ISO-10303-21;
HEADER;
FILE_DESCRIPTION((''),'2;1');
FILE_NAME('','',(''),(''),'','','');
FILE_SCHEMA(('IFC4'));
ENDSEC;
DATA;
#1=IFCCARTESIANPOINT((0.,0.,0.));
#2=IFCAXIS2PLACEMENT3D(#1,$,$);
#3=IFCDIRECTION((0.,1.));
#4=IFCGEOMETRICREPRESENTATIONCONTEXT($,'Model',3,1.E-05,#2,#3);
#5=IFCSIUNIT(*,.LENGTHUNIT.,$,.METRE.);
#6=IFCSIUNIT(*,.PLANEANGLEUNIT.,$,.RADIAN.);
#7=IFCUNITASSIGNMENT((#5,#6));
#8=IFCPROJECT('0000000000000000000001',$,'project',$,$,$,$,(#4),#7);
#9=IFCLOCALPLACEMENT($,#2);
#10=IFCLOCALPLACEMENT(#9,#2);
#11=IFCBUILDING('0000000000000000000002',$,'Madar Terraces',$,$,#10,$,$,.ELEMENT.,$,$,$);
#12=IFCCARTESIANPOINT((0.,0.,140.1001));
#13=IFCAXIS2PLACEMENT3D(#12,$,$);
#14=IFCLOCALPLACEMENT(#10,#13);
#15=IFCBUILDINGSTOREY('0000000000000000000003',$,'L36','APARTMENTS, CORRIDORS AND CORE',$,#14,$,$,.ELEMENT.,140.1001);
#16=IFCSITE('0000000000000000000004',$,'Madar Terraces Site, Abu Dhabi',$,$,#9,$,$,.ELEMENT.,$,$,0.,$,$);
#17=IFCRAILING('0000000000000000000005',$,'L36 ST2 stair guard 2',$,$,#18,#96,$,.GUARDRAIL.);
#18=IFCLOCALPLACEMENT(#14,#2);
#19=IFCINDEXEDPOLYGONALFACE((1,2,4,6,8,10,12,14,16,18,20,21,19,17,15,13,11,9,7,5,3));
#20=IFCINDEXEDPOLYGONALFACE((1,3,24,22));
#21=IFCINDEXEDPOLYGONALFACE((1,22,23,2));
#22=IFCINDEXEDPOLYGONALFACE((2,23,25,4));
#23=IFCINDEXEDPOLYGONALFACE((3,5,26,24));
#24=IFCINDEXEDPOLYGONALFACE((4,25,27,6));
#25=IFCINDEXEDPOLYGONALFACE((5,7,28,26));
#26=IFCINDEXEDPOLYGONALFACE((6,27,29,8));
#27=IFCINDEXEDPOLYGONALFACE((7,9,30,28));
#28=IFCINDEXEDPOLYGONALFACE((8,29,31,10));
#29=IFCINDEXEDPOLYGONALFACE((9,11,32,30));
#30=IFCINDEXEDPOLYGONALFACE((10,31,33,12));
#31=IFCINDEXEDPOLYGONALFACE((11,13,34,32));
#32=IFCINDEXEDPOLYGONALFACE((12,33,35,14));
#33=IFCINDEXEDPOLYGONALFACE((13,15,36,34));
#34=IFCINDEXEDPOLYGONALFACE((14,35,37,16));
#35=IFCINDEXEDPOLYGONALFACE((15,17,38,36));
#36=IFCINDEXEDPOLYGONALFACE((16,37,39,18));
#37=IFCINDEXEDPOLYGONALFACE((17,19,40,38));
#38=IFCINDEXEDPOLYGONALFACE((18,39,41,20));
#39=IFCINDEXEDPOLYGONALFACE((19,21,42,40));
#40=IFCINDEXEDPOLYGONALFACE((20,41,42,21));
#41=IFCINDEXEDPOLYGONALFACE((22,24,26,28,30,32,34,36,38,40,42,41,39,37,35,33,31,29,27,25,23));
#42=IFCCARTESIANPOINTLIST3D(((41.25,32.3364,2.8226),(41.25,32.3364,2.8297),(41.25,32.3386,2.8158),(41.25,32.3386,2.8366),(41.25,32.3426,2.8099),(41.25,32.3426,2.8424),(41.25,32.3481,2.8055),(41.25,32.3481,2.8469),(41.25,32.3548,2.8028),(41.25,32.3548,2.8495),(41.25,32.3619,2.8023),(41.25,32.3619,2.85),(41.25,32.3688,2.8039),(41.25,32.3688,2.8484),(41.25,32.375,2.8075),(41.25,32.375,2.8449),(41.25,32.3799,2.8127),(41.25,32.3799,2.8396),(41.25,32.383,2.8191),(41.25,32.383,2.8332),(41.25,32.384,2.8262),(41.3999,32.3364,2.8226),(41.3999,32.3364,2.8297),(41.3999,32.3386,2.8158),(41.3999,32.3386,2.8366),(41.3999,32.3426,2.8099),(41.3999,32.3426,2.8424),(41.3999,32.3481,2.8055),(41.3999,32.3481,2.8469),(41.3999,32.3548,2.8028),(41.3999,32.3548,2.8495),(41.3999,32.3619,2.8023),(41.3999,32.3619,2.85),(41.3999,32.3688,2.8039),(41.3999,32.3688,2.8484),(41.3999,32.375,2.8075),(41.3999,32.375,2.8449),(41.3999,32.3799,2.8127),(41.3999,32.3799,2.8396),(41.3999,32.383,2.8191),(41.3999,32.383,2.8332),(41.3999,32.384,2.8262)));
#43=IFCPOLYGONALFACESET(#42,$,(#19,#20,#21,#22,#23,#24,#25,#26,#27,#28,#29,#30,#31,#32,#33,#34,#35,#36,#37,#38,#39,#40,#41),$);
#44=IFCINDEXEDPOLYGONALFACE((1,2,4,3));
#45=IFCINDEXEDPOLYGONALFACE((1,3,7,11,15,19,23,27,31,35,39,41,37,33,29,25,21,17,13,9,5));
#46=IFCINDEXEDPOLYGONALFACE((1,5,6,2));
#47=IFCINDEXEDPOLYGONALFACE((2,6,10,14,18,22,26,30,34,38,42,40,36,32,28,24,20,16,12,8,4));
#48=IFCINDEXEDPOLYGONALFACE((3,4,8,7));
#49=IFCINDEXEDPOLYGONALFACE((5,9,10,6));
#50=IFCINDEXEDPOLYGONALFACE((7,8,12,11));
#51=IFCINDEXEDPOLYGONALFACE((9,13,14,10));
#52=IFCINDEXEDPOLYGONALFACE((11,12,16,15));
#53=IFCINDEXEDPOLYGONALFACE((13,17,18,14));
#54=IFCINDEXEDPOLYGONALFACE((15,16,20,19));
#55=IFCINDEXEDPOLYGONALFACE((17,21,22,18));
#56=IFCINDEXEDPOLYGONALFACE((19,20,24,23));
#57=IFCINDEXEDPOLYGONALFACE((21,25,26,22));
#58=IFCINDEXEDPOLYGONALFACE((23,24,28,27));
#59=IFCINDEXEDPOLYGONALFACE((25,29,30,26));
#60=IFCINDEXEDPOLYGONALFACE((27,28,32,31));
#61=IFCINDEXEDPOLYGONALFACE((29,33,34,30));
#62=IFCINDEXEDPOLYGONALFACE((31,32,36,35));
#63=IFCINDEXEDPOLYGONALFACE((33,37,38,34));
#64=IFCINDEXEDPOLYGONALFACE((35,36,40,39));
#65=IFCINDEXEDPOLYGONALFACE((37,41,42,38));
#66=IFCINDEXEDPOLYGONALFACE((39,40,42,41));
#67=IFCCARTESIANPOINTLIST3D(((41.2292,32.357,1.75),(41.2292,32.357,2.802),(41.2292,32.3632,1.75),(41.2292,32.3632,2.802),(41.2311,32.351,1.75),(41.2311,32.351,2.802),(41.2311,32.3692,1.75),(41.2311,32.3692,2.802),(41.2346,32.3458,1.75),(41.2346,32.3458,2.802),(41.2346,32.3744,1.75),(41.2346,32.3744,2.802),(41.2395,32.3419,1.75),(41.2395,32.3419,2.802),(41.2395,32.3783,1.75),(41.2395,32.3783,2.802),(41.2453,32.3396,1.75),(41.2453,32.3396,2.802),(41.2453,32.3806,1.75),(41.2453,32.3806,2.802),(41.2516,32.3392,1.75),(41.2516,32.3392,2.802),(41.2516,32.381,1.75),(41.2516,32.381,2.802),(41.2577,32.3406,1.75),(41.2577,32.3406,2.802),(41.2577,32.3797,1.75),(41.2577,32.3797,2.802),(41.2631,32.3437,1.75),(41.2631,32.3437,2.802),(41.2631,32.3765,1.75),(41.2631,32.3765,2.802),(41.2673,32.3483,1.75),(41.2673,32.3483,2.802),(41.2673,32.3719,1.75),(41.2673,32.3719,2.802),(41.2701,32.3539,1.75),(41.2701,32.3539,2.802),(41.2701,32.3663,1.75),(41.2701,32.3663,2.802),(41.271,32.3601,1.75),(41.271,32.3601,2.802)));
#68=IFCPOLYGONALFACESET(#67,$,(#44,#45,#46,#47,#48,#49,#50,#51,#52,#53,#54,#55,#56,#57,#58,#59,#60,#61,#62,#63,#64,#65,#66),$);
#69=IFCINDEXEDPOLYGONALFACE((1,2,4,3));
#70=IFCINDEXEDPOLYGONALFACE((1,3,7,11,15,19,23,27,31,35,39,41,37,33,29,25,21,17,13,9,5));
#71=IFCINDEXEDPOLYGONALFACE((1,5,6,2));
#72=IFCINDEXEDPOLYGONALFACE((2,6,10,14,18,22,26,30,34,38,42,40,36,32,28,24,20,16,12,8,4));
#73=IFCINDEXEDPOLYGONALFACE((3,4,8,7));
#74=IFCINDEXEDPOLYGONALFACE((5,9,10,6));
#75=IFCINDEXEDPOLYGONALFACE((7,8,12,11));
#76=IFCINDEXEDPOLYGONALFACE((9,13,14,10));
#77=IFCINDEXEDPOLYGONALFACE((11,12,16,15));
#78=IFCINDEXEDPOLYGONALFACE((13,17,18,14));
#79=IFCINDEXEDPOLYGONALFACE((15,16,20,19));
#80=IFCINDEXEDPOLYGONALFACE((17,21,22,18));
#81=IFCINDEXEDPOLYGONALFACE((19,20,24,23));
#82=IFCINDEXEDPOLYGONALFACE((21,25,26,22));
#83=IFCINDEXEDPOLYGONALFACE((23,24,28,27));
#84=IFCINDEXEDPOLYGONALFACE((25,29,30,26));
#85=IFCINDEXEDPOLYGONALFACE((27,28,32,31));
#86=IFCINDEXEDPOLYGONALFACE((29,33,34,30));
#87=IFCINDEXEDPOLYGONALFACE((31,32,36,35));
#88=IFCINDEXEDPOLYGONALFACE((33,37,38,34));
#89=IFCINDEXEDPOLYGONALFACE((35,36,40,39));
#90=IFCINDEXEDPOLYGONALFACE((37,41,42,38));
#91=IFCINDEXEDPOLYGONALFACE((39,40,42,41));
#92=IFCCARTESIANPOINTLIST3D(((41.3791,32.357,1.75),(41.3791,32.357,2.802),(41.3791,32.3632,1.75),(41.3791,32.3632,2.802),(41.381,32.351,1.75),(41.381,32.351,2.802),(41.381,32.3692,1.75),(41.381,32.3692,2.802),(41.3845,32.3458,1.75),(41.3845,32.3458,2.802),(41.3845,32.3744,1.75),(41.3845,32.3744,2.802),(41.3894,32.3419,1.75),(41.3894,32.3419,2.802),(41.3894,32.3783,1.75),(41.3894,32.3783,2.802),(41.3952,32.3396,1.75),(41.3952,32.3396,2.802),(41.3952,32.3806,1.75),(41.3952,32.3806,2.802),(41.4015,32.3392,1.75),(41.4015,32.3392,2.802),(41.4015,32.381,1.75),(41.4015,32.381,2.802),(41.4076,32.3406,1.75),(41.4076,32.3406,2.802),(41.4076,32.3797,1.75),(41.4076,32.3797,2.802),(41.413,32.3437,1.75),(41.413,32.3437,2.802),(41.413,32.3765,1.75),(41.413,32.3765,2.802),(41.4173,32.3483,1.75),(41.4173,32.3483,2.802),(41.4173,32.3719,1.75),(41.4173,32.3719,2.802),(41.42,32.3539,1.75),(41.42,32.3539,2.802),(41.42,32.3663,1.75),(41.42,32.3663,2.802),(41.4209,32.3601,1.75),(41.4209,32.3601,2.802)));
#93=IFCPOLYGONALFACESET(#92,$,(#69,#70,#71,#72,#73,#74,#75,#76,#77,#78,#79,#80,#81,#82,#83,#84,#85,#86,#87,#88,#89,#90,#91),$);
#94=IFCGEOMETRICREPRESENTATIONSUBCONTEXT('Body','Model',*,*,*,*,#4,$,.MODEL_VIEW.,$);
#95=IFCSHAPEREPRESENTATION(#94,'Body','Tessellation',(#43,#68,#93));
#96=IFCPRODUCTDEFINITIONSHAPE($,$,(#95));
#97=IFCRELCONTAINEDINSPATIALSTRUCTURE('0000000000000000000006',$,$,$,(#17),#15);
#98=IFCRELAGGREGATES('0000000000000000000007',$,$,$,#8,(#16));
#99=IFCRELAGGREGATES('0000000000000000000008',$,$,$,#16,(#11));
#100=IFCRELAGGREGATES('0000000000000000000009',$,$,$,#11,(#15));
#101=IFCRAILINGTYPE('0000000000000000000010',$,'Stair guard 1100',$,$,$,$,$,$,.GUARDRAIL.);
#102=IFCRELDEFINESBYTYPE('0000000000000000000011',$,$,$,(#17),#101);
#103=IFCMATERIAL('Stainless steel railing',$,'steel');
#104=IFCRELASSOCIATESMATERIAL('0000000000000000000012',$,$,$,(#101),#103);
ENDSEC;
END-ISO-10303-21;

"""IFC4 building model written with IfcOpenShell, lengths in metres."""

from ifc_helpers import new_model, si_unit, direction, frame, origin, origin_2d, place, context, subcontext, project, spatial, circle, extrude, material, type_object, element, save


model = new_model("IFC4")

# Units and contexts
model_context = context("Model", 3, precision=1e-05, world=origin(), true_north=direction((0.0, 1.0)))
body_context = subcontext(model_context, "Body", "Model", "MODEL_VIEW")
ifc_project = project(units=[si_unit("LENGTHUNIT", "METRE"), si_unit("PLANEANGLEUNIT", "RADIAN")], contexts=[model_context])

# Site, building, storey
site_placement = place(None, origin())
site = spatial("IfcSite", under=ifc_project, at=site_placement, Name="Madar Terraces Site, Abu Dhabi", CompositionType="ELEMENT", RefElevation=0.0)
building_placement = place(site_placement, origin())
building = spatial("IfcBuilding", under=site, at=building_placement, Name="Madar Terraces", CompositionType="ELEMENT")
storey_placement = place(building_placement, frame((0.0, 0.0, 140.1001)))
storey = spatial("IfcBuildingStorey", under=building, at=storey_placement, Name="L36", Description="APARTMENTS, CORRIDORS AND CORE", CompositionType="ELEMENT", Elevation=140.1001)

# Railing
ifc_material_1 = material(Name="Stainless steel railing", Category="steel")
railing_type_1 = type_object("IfcRailingType", Name="Stair guard 1100", PredefinedType="GUARDRAIL", material=ifc_material_1)
railing_1_placement = place(storey_placement, frame((41.25, 32.3601, 1.75)))
element("IfcRailing", 1, at=railing_1_placement, inside=storey, type_object=railing_type_1, Name="L36 ST2 stair guard 2", PredefinedType="GUARDRAIL", context=body_context, shape_type="SweptSolid", body=[
    extrude(circle(Radius=0.0239, at=origin_2d()), frame((0.0, 0.0, 1.0762), z_axis=(1.0, 0.0, 0.0), x_axis=(0.0, 1.0, 0.0)), (0.0, 0.0, 1.0), 0.1499),
    extrude(circle(Radius=0.021, at=origin_2d()), origin(), (0.0, 0.0, 1.0), 1.052),
    extrude(circle(Radius=0.021, at=origin_2d()), frame((0.1499, 0.0, 0.0)), (0.0, 0.0, 1.0), 1.052),
])

save(model, "model.ifc")
